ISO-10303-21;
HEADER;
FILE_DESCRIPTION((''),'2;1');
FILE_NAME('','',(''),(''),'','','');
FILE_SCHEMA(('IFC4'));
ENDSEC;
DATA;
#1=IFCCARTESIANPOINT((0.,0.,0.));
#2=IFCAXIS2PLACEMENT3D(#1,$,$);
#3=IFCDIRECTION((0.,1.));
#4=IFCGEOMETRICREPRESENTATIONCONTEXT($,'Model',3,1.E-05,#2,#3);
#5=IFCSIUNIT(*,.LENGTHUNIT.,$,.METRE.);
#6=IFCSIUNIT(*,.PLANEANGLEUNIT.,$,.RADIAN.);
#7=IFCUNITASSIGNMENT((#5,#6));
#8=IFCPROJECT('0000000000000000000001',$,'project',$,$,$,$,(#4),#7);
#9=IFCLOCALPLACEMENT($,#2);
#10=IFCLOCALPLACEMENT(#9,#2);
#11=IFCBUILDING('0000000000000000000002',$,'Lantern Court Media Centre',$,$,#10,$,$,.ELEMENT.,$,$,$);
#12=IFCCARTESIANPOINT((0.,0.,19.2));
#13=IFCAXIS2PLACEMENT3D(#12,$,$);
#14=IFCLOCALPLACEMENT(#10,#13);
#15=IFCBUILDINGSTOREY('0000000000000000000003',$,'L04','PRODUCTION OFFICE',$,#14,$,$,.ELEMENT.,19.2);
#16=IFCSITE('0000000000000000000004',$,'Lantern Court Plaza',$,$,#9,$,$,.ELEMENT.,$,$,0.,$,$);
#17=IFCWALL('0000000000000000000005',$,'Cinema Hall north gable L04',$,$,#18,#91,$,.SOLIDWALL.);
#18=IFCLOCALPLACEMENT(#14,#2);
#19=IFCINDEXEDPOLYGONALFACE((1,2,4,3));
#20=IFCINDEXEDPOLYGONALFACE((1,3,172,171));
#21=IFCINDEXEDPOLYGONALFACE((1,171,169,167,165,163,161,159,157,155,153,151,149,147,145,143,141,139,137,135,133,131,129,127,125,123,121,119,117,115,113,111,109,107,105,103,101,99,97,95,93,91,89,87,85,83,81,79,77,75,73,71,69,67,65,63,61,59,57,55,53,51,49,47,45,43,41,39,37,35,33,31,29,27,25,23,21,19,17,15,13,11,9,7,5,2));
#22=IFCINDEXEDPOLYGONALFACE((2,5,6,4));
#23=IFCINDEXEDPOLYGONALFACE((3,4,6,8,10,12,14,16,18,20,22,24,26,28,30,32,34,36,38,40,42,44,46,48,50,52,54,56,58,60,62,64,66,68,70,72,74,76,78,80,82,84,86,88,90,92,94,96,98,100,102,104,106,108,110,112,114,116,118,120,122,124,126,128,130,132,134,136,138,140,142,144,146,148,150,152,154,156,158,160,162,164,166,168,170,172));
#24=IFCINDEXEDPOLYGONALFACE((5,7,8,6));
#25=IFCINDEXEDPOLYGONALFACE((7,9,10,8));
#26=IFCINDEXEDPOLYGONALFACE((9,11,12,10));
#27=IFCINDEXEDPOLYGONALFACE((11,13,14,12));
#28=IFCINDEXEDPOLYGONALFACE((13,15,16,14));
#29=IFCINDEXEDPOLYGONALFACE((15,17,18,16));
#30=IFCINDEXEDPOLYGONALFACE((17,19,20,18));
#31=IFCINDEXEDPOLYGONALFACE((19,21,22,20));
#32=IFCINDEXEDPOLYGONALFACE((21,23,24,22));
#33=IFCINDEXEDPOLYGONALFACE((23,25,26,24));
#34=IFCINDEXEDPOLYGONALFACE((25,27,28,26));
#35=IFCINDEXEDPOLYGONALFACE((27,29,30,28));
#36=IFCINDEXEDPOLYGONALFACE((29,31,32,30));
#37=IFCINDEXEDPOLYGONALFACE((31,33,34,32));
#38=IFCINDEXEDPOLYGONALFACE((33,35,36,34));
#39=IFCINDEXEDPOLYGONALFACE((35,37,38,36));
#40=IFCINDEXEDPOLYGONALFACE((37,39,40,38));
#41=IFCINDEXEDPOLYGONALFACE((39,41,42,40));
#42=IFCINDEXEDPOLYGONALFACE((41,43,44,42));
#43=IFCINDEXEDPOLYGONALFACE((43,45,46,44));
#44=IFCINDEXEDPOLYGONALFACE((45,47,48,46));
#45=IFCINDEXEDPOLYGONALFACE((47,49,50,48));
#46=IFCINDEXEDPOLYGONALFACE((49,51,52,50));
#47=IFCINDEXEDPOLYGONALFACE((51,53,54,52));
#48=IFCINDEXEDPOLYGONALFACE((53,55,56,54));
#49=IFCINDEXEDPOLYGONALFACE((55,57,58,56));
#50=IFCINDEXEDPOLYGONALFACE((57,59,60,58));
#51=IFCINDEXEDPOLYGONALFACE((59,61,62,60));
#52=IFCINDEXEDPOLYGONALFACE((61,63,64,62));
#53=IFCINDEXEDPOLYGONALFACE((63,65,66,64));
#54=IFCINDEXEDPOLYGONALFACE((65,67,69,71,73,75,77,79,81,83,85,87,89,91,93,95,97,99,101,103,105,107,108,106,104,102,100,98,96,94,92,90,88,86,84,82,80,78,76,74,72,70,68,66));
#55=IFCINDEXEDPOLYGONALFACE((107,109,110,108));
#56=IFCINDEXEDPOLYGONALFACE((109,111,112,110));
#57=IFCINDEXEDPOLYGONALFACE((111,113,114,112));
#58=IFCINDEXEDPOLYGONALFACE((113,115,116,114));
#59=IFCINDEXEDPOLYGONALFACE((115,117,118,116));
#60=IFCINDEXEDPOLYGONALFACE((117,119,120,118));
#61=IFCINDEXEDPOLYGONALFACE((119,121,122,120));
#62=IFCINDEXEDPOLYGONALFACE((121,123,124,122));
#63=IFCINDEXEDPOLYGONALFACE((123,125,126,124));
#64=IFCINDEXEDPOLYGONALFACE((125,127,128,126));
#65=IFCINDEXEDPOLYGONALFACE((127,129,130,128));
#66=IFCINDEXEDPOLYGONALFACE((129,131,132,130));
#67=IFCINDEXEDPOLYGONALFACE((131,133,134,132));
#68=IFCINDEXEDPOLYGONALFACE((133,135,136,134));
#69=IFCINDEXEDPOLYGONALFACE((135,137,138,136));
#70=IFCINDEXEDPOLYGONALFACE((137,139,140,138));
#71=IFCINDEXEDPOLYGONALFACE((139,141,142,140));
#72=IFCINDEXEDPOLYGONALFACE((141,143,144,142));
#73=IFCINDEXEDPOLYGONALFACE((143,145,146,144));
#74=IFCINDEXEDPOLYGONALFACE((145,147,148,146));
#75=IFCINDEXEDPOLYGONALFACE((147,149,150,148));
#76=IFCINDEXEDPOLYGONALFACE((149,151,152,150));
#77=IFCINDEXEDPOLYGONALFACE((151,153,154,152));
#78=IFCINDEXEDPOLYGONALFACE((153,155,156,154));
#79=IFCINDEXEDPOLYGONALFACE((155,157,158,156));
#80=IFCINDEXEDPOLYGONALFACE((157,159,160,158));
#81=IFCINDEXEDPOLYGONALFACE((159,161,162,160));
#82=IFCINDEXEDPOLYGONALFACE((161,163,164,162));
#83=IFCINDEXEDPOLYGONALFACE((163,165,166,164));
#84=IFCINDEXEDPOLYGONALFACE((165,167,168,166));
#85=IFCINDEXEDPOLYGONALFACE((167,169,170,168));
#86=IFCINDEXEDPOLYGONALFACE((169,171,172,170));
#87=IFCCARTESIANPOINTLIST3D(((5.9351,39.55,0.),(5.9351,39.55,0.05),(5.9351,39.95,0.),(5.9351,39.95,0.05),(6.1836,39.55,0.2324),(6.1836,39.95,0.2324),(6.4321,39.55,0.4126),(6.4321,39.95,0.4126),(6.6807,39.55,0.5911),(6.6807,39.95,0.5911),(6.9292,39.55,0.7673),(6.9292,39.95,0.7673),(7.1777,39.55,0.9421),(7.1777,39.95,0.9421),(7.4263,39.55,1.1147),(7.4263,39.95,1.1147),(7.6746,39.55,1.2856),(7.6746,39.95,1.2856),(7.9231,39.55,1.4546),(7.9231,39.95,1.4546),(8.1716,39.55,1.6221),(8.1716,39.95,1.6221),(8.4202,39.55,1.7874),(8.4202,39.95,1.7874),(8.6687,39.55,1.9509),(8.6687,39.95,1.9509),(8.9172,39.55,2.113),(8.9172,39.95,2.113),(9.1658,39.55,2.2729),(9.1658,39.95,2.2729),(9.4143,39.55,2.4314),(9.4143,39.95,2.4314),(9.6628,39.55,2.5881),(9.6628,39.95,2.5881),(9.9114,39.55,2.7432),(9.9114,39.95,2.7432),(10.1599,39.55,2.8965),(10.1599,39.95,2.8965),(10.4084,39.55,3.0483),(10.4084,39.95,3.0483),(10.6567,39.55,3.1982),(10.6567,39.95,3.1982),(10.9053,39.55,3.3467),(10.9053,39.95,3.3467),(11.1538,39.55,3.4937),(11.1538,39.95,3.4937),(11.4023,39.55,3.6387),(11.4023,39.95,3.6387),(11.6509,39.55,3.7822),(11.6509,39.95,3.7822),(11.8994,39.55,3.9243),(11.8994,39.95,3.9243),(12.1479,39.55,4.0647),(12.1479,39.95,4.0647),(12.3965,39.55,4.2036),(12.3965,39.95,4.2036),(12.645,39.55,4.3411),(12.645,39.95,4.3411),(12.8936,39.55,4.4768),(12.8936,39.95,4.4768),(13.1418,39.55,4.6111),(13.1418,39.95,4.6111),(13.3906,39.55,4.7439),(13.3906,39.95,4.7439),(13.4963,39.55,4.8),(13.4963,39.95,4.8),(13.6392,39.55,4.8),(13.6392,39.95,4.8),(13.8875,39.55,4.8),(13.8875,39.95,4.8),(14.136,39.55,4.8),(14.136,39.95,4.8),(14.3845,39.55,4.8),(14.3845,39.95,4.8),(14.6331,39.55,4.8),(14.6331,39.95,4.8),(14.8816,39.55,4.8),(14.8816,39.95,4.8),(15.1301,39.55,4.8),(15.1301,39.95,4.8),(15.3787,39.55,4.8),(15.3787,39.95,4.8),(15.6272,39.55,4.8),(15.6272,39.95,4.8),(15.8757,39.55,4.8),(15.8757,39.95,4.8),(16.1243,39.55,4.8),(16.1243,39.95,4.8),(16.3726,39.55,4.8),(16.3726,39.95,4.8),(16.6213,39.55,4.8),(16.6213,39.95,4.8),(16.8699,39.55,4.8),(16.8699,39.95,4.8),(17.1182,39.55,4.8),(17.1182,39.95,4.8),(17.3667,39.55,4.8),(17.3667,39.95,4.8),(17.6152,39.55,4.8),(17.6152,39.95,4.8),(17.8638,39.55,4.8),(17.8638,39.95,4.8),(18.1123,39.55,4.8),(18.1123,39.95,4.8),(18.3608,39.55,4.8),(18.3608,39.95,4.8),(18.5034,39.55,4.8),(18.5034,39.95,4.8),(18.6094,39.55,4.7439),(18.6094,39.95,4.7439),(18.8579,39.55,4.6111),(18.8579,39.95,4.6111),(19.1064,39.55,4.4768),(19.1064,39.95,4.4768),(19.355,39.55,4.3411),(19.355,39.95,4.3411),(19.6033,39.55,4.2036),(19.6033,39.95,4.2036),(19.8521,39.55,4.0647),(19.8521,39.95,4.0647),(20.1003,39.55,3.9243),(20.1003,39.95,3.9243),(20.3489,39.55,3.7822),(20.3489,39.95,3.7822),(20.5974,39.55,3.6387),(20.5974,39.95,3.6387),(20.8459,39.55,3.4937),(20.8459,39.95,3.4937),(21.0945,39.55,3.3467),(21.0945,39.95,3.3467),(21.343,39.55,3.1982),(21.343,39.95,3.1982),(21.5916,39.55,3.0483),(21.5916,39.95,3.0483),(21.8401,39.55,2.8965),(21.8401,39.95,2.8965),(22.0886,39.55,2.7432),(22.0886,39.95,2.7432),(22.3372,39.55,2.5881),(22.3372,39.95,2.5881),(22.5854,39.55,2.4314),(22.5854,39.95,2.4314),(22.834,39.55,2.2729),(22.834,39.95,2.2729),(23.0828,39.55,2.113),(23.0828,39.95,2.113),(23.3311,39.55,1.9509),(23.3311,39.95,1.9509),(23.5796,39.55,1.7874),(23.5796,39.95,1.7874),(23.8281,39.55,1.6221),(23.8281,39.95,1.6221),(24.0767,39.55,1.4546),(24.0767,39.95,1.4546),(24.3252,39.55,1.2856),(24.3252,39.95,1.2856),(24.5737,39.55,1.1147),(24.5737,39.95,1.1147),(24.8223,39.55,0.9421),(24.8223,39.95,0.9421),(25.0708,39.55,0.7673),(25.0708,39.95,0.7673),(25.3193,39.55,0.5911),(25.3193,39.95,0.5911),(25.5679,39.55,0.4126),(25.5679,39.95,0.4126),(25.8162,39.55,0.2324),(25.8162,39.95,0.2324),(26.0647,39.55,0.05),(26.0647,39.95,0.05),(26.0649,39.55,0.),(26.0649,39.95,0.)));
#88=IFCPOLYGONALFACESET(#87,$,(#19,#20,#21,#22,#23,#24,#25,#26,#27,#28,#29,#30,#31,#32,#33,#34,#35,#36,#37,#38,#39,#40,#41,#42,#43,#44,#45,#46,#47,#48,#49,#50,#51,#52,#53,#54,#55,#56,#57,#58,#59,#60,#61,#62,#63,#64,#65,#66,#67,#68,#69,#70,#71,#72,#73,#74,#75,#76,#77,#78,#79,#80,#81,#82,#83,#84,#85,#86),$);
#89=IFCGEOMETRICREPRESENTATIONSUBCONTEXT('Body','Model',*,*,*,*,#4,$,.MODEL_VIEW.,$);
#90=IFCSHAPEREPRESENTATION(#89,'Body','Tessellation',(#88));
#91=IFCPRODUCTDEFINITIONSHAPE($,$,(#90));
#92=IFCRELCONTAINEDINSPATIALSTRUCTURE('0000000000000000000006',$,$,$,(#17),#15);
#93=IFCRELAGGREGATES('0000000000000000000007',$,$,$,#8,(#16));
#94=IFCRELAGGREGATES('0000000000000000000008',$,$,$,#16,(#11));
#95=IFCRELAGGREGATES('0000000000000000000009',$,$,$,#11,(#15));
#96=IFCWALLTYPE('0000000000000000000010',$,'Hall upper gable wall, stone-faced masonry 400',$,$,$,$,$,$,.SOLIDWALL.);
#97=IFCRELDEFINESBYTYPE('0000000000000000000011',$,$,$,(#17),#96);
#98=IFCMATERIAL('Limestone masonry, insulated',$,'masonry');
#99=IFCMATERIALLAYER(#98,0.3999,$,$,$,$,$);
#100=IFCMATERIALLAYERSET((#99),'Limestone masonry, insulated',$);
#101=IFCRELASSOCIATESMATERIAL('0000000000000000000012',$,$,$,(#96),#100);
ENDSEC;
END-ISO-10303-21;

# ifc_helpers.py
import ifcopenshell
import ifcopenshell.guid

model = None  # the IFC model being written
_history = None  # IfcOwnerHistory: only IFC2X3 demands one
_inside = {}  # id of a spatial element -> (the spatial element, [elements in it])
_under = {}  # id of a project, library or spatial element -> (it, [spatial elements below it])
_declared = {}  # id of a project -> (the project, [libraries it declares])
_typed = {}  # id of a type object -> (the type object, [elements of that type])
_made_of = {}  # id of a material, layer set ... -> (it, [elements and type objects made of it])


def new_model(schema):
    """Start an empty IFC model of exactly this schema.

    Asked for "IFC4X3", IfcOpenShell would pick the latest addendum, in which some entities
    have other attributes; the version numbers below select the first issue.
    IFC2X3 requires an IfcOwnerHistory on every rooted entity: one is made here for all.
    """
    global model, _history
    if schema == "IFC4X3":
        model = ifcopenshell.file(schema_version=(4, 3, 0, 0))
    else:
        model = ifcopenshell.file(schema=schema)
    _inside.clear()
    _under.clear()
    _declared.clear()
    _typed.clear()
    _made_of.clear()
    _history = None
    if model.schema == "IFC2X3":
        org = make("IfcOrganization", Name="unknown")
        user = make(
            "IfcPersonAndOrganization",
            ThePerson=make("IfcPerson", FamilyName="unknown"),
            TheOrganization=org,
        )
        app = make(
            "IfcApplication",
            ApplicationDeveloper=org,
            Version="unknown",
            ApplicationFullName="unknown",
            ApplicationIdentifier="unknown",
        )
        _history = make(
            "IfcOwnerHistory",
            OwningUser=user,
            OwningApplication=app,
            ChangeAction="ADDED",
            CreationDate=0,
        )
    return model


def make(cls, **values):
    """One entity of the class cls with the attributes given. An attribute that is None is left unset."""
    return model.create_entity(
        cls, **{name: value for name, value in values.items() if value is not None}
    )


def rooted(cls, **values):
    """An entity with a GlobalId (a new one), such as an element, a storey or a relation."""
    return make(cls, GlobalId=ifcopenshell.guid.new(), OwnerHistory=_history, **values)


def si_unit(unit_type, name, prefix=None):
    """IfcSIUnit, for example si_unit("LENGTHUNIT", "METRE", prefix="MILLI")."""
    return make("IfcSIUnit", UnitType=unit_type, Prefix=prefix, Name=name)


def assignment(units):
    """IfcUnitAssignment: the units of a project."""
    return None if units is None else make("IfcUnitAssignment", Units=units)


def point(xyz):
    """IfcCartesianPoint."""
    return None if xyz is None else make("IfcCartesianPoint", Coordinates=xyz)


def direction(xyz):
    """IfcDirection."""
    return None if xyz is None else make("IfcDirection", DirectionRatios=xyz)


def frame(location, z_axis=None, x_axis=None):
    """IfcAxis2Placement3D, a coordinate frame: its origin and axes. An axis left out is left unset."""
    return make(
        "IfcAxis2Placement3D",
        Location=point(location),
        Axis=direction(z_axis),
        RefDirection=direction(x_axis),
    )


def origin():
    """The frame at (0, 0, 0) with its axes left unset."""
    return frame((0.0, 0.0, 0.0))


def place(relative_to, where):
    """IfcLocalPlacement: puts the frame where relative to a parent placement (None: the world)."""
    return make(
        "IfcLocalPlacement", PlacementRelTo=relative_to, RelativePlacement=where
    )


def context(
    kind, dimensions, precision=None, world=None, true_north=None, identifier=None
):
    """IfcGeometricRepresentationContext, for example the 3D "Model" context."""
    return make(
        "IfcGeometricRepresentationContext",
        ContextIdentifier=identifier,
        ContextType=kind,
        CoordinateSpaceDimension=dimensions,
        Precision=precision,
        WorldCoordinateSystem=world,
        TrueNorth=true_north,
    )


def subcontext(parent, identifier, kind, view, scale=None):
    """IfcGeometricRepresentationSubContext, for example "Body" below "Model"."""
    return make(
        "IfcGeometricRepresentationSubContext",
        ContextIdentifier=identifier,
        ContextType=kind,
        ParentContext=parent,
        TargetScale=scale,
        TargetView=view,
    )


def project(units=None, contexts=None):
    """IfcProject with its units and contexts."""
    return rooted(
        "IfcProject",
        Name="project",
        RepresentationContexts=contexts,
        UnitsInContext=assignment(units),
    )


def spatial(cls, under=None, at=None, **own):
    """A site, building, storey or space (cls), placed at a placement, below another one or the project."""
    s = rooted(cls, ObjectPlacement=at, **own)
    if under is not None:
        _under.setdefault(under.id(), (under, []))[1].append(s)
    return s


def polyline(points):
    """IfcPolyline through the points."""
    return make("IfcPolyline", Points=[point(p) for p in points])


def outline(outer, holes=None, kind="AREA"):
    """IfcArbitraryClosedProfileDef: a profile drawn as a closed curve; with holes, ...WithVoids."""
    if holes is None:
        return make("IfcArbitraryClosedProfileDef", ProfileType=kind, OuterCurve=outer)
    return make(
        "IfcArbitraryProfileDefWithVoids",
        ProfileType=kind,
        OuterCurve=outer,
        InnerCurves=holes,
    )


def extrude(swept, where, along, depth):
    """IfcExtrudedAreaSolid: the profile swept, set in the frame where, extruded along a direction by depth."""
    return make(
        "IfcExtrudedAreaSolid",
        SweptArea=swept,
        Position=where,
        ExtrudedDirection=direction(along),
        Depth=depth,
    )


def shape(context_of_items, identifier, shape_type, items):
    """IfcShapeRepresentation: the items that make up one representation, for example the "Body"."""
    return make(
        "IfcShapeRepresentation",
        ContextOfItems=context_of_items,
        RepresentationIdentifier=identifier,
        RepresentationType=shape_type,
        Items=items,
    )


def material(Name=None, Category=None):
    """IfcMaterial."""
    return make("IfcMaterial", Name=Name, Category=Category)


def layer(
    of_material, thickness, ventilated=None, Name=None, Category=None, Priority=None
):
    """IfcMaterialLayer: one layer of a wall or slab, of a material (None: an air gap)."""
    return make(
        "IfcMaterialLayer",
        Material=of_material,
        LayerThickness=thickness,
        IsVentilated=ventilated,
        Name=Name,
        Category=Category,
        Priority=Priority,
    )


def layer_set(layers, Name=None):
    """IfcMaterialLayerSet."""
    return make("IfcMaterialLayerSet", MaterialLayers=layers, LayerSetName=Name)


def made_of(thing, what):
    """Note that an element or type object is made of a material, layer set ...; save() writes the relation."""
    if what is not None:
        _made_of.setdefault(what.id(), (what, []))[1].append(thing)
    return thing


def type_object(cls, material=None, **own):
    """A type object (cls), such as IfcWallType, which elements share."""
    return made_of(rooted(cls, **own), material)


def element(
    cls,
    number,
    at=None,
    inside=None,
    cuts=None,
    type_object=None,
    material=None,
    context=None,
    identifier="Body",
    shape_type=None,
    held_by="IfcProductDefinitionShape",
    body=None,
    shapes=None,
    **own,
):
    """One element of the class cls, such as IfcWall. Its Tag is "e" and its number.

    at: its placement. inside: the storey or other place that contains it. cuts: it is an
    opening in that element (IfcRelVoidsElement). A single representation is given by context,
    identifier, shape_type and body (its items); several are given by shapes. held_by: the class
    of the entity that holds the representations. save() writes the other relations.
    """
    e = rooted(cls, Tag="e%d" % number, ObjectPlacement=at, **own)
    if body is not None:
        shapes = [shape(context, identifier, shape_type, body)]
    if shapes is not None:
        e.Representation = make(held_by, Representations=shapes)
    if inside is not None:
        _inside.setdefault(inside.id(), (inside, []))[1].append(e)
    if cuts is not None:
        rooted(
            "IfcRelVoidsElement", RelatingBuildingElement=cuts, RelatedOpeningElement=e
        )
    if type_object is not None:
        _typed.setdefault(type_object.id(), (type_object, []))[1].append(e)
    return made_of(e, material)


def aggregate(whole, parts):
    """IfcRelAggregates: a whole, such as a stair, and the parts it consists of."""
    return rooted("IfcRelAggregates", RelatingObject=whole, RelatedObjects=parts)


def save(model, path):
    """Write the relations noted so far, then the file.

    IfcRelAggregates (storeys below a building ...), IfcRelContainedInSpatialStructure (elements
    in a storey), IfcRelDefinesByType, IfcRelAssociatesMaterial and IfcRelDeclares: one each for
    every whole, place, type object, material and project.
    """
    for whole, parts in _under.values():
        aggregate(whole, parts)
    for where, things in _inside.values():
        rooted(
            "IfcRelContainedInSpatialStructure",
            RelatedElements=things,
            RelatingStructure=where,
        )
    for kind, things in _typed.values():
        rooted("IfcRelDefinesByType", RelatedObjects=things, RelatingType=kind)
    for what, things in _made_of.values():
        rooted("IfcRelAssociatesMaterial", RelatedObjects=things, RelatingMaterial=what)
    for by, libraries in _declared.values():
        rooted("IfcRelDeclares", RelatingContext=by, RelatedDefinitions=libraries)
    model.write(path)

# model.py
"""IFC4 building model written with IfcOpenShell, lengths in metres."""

from ifc_helpers import new_model, si_unit, direction, frame, origin, place, context, subcontext, project, spatial, polyline, outline, extrude, material, layer, layer_set, type_object, element, save


model = new_model("IFC4")

# Units and contexts
model_context = context("Model", 3, precision=1e-05, world=origin(), true_north=direction((0.0, 1.0)))
body_context = subcontext(model_context, "Body", "Model", "MODEL_VIEW")
ifc_project = project(units=[si_unit("LENGTHUNIT", "METRE"), si_unit("PLANEANGLEUNIT", "RADIAN")], contexts=[model_context])

# Site, building, storey
site_placement = place(None, origin())
site = spatial("IfcSite", under=ifc_project, at=site_placement, Name="Lantern Court Plaza", CompositionType="ELEMENT", RefElevation=0.0)
building_placement = place(site_placement, origin())
building = spatial("IfcBuilding", under=site, at=building_placement, Name="Lantern Court Media Centre", CompositionType="ELEMENT")
storey_placement = place(building_placement, frame((0.0, 0.0, 19.2)))
storey = spatial("IfcBuildingStorey", under=building, at=storey_placement, Name="L04", Description="PRODUCTION OFFICE", CompositionType="ELEMENT", Elevation=19.2)

# Wall
ifc_material_1 = material(Name="Limestone masonry, insulated", Category="masonry")
ifc_layer_1 = layer(ifc_material_1, 0.3999)
ifc_layer_set_1 = layer_set([ifc_layer_1], Name="Limestone masonry, insulated")
wall_type_1 = type_object("IfcWallType", Name="Hall upper gable wall, stone-faced masonry 400", PredefinedType="SOLIDWALL", material=ifc_layer_set_1)
wall_1_placement = place(storey_placement, frame((5.9351, 39.75, 0.0), z_axis=(0.0, 0.0, 1.0), x_axis=(1.0, 0.0, 0.0)))
element("IfcWall", 1, at=wall_1_placement, inside=storey, type_object=wall_type_1, Name="Cinema Hall north gable L04", PredefinedType="SOLIDWALL", context=body_context, shape_type="SweptSolid", body=[
    extrude(outline(polyline([(0.0, 0.0), (20.1299, 0.0), (20.1296, 0.05), (19.8811, 0.2324), (19.6328, 0.4126), (19.3843, 0.5911), (19.1357, 0.7673), (18.8872, 0.9421), (18.6387, 1.1147), (18.3901, 1.2856), (18.1416, 1.4546), (17.8931, 1.6221), (17.6445, 1.7874), (17.396, 1.9509), (17.1477, 2.113), (16.8989, 2.2729), (16.6504, 2.4314), (16.4021, 2.5881), (16.1536, 2.7432), (15.905, 2.8965), (15.6565, 3.0483), (15.408, 3.1982), (15.1594, 3.3467), (14.9109, 3.4937), (14.6624, 3.6387), (14.4138, 3.7822), (14.1653, 3.9243), (13.917, 4.0647), (13.6682, 4.2036), (13.4199, 4.3411), (13.1714, 4.4768), (12.9229, 4.6111), (12.6743, 4.7439), (12.5684, 4.8), (12.4258, 4.8), (12.1772, 4.8), (11.9287, 4.8), (11.6802, 4.8), (11.4316, 4.8), (11.1831, 4.8), (10.9348, 4.8), (10.6863, 4.8), (10.4375, 4.8), (10.1892, 4.8), (9.9407, 4.8), (9.6921, 4.8), (9.4436, 4.8), (9.1951, 4.8), (8.9465, 4.8), (8.698, 4.8), (8.4495, 4.8), (8.2009, 4.8), (7.9524, 4.8), (7.7041, 4.8), (7.5613, 4.8), (7.4556, 4.7439), (7.2068, 4.6111), (6.9585, 4.4768), (6.71, 4.3411), (6.4614, 4.2036), (6.2129, 4.0647), (5.9644, 3.9243), (5.7158, 3.7822), (5.4673, 3.6387), (5.2188, 3.4937), (4.9702, 3.3467), (4.7217, 3.1982), (4.4734, 3.0483), (4.2249, 2.8965), (3.9763, 2.7432), (3.7278, 2.5881), (3.4792, 2.4314), (3.2307, 2.2729), (2.9822, 2.113), (2.7336, 1.9509), (2.4851, 1.7874), (2.2366, 1.6221), (1.988, 1.4546), (1.7395, 1.2856), (1.4912, 1.1147), (1.2427, 0.9421), (0.9941, 0.7673), (0.7456, 0.5911), (0.4971, 0.4126), (0.2485, 0.2324), (0.0, 0.05), (0.0, 0.0)])), frame((0.0, 0.2, 0.0), z_axis=(0.0, -1.0, 0.0), x_axis=(1.0, 0.0, 0.0)), (0.0, 0.0, 1.0), 0.3999),
])

save(model, "model.ifc")
